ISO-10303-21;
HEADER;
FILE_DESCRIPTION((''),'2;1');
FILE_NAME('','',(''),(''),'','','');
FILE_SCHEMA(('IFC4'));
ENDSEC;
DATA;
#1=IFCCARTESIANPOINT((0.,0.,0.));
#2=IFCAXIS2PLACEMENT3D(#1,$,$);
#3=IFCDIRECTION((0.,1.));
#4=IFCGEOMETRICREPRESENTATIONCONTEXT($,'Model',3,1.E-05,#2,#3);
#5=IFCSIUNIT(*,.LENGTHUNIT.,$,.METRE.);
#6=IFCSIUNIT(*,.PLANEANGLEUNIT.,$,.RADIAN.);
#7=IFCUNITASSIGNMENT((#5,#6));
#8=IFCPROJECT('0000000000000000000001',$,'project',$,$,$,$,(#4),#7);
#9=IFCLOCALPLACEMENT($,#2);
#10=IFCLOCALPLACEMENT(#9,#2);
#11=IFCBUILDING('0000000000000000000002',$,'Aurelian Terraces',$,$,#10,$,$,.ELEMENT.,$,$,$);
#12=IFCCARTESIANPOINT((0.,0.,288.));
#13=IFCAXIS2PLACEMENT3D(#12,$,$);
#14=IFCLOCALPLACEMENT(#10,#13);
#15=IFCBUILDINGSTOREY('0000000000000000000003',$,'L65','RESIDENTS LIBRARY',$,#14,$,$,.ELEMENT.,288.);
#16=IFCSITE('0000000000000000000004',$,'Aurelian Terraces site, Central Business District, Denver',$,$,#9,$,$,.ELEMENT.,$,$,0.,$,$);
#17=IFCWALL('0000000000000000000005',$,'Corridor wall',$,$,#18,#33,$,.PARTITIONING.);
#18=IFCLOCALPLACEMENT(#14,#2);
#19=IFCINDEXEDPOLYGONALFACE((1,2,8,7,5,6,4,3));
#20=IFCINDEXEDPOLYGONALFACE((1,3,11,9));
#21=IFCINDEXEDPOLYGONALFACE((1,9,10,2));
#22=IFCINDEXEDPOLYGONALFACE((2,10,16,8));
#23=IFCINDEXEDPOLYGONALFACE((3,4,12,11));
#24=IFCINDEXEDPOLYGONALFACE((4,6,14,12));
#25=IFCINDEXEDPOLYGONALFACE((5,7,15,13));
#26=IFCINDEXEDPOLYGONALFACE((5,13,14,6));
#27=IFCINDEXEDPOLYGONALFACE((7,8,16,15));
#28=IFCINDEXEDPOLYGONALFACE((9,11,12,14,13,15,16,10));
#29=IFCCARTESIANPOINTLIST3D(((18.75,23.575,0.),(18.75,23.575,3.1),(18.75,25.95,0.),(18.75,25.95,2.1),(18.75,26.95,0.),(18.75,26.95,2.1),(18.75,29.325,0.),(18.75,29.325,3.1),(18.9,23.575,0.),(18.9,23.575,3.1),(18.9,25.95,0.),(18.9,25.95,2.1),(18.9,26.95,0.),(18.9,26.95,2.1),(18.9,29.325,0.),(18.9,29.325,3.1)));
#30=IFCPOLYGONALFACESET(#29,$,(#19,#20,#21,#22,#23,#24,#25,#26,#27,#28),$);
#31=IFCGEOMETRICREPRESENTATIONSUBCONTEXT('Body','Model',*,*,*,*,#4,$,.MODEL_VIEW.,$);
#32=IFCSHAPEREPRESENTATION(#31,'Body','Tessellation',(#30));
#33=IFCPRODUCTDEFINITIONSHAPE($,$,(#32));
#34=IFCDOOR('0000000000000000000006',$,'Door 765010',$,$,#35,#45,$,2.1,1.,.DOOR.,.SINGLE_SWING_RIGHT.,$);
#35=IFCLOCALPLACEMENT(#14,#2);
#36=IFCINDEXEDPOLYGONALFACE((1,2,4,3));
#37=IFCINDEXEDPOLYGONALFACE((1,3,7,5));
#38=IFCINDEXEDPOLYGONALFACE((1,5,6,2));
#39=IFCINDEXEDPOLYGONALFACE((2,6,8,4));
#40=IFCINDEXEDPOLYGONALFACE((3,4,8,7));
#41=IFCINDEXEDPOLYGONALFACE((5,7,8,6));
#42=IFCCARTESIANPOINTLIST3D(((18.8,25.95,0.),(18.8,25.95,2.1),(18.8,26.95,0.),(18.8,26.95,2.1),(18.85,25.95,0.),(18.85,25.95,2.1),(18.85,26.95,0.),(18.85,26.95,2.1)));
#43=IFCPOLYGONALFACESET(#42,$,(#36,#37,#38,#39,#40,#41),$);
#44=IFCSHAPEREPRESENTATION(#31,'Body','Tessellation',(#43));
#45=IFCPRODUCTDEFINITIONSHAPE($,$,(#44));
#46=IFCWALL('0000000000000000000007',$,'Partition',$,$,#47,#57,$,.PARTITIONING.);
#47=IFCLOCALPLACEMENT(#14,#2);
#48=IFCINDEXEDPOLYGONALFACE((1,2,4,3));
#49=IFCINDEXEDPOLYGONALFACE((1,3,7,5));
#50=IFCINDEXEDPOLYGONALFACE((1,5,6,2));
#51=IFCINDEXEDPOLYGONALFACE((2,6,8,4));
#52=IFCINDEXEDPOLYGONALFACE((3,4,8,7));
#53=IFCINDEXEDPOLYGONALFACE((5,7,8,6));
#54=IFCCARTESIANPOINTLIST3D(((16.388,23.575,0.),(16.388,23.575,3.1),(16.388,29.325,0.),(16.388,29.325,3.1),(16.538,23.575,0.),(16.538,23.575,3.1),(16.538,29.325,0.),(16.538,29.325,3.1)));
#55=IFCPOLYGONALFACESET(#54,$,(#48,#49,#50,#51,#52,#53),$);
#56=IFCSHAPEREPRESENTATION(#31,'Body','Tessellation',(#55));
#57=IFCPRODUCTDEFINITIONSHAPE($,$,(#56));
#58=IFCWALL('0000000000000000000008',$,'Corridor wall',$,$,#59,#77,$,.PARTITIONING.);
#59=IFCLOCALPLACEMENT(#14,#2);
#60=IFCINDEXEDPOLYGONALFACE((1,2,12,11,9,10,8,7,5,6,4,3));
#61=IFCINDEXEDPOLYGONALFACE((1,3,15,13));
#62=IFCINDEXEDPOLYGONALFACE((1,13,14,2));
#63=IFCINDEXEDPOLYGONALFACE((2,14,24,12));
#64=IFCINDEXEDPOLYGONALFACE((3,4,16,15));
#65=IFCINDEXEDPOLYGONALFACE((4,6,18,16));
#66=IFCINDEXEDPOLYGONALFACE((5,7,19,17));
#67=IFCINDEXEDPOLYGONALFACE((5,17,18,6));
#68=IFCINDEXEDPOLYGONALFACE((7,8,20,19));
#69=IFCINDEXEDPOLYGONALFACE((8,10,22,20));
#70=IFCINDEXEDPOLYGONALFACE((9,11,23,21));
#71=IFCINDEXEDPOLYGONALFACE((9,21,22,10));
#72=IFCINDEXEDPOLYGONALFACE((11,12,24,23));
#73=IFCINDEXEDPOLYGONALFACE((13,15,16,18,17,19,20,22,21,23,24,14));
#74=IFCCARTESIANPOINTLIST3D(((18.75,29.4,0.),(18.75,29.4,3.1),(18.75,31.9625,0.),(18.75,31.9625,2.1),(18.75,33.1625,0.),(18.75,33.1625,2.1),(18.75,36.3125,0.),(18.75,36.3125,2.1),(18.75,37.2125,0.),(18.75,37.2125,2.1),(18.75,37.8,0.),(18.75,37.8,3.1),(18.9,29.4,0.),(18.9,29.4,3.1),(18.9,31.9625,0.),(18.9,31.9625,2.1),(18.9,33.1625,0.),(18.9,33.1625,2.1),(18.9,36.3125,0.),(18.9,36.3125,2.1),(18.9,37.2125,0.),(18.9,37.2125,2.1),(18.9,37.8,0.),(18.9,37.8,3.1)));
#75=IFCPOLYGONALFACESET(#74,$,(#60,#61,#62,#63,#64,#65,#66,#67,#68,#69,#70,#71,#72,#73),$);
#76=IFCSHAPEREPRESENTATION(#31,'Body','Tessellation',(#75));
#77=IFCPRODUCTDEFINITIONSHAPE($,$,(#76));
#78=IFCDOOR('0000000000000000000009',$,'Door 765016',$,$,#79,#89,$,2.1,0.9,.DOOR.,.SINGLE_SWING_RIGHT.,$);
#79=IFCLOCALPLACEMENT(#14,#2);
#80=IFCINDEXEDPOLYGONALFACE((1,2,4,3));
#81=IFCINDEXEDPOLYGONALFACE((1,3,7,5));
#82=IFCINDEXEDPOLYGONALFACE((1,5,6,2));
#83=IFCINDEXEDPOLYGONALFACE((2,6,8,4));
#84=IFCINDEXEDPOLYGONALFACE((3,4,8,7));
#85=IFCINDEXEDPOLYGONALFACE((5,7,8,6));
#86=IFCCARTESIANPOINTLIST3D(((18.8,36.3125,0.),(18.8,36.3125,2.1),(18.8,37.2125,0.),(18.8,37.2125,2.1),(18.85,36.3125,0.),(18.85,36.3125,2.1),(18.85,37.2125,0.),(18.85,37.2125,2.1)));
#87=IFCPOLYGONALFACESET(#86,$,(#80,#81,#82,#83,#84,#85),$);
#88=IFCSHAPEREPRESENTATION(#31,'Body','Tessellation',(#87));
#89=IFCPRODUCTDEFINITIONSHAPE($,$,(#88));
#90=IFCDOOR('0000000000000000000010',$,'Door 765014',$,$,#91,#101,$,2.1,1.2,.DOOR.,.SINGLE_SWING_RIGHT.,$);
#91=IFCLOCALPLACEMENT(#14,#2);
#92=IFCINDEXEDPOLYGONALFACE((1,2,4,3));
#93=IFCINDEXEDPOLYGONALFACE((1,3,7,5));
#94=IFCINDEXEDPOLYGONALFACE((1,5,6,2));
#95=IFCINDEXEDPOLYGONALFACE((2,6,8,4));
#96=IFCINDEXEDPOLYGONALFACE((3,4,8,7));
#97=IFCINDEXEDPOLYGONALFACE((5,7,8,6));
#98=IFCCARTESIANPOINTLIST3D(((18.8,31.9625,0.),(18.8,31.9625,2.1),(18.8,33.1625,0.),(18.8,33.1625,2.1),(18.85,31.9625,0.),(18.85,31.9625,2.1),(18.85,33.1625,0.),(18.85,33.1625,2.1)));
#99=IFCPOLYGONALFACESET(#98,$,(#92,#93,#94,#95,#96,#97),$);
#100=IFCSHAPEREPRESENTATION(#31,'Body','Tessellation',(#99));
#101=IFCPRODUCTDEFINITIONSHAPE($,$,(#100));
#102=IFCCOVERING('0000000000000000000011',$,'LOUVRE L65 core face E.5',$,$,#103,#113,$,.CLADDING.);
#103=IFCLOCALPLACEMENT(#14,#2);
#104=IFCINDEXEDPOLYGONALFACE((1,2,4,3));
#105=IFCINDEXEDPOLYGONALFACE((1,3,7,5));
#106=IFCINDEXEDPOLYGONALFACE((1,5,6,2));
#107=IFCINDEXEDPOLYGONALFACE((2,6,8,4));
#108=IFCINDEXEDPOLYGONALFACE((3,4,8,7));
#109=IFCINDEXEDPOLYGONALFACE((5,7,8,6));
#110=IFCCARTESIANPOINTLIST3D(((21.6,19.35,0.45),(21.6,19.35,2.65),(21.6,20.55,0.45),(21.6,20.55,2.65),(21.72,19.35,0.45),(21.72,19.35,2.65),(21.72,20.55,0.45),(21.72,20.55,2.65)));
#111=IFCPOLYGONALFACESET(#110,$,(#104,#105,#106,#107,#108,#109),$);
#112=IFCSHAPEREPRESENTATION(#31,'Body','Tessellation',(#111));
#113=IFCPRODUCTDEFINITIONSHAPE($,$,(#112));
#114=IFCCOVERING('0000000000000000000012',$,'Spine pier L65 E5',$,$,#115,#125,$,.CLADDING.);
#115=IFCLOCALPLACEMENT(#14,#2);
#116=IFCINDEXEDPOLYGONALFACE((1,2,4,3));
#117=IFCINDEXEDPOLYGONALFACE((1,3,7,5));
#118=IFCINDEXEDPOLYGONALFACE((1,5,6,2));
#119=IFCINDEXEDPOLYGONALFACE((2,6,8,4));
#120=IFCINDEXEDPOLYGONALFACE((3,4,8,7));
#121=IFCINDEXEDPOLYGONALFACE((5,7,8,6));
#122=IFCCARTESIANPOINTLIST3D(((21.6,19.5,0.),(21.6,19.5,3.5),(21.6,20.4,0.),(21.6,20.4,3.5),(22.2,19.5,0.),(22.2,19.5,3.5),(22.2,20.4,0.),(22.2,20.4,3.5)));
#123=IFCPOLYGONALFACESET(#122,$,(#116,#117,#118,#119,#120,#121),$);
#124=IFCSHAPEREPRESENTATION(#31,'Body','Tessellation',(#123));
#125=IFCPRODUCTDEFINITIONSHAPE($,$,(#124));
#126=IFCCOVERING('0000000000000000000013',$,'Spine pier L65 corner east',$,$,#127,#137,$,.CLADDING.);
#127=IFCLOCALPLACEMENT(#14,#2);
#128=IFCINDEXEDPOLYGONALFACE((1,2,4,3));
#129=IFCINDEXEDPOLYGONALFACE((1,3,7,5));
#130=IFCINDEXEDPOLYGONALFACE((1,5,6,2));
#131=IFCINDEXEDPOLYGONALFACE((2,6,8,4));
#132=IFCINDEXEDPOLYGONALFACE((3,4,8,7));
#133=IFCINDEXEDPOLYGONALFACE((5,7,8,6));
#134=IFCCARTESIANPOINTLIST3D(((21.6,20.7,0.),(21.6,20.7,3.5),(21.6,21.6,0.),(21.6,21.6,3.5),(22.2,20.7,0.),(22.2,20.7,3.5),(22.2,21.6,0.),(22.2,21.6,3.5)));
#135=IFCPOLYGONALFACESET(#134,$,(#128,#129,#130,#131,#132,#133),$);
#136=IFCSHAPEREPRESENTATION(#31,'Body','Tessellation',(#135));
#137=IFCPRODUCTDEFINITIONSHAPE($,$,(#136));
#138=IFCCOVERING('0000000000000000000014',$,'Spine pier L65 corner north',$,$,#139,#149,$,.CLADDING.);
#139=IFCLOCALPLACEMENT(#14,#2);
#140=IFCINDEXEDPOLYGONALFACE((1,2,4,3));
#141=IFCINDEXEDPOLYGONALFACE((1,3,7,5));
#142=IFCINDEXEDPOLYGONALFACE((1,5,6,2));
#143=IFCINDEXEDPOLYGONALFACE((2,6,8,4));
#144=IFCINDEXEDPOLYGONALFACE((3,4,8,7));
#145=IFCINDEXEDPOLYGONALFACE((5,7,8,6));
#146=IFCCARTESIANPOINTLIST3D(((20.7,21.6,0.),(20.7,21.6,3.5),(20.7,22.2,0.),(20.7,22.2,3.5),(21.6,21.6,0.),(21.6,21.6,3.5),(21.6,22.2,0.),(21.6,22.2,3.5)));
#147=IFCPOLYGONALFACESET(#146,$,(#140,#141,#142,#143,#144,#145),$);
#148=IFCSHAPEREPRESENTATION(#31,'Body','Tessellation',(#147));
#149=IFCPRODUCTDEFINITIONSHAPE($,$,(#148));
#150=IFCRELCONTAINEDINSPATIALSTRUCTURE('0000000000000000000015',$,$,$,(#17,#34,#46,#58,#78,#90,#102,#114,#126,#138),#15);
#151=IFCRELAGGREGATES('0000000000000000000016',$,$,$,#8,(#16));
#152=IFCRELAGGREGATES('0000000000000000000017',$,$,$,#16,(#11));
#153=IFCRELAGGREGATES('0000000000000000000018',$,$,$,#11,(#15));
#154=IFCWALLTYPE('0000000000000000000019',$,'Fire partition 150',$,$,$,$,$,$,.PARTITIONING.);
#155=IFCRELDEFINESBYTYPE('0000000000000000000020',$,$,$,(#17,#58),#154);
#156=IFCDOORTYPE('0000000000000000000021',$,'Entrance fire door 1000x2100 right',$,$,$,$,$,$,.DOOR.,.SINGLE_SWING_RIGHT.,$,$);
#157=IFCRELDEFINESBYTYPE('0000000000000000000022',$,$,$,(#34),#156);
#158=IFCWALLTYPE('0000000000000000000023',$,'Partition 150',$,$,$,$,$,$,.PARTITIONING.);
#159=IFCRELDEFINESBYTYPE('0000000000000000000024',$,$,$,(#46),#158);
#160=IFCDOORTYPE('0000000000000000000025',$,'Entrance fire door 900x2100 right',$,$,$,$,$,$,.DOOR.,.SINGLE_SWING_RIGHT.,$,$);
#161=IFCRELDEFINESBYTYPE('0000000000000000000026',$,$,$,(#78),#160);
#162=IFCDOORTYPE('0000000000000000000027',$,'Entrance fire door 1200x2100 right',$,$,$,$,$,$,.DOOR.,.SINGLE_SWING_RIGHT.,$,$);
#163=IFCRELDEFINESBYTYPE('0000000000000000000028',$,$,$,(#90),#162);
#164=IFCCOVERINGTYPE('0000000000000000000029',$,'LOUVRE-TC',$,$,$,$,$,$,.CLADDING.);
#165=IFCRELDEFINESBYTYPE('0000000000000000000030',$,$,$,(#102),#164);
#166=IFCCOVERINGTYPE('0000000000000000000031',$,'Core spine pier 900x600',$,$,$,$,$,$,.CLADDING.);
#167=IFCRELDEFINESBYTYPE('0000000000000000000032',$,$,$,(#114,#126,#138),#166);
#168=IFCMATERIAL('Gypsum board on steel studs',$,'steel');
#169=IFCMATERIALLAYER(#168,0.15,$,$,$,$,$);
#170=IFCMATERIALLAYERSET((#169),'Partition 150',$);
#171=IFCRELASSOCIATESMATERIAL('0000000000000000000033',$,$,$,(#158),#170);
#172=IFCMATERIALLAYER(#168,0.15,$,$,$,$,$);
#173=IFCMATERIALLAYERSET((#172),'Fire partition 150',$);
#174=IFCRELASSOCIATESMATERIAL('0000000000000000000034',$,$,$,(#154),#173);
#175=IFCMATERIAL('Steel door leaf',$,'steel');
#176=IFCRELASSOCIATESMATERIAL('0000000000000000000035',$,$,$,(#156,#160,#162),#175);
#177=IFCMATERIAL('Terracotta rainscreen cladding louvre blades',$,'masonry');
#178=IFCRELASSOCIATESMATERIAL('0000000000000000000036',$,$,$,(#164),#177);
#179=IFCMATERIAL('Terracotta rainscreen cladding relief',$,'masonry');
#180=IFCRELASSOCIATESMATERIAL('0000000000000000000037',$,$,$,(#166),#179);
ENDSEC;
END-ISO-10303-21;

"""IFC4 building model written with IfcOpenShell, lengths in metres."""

from ifc_helpers import new_model, si_unit, direction, frame, frame_2d, origin, origin_2d, place, context, subcontext, project, spatial, rectangle, extrude, source, transform, mapped, material, layer, layer_set, type_object, element, fill, save


model = new_model("IFC4")

# Units and contexts
model_context = context("Model", 3, precision=1e-05, world=origin(), true_north=direction((0.0, 1.0)))
body_context = subcontext(model_context, "Body", "Model", "MODEL_VIEW")
ifc_project = project(units=[si_unit("LENGTHUNIT", "METRE"), si_unit("PLANEANGLEUNIT", "RADIAN")], contexts=[model_context])

# Site, building, storey
site_placement = place(None, origin())
site = spatial("IfcSite", under=ifc_project, at=site_placement, Name="Aurelian Terraces site, Central Business District, Denver", CompositionType="ELEMENT", RefElevation=0.0)
building_placement = place(site_placement, origin())
building = spatial("IfcBuilding", under=site, at=building_placement, Name="Aurelian Terraces", CompositionType="ELEMENT")
storey_placement = place(building_placement, frame((0.0, 0.0, 288.0)))
storey = spatial("IfcBuildingStorey", under=building, at=storey_placement, Name="L65", Description="RESIDENTS LIBRARY", CompositionType="ELEMENT", Elevation=288.0)

# Shared definitions
ifc_material_1 = material(Name="Gypsum board on steel studs", Category="steel")
ifc_layer_1 = layer(ifc_material_1, 0.15)
ifc_layer_set_1 = layer_set([ifc_layer_1], Name="Partition 150")
wall_type_1 = type_object("IfcWallType", Name="Partition 150", PredefinedType="PARTITIONING", material=ifc_layer_set_1)

# Wall, opening, door
ifc_layer_2 = layer(ifc_material_1, 0.15)
ifc_layer_set_2 = layer_set([ifc_layer_2], Name="Fire partition 150")
wall_type_2 = type_object("IfcWallType", Name="Fire partition 150", PredefinedType="PARTITIONING", material=ifc_layer_set_2)
shared_shape_1 = source(origin(), body_context, "Body", "SweptSolid", [
    extrude(rectangle(XDim=5.75, YDim=0.15, at=frame_2d((2.875, 0.0))), origin(), (0.0, 0.0, 1.0), 3.1),
])
wall_1_placement = place(storey_placement, frame((18.825, 23.575, 0.0), z_axis=(0.0, 0.0, 1.0), x_axis=(0.0, 1.0, 0.0)))
wall_1 = element("IfcWall", 1, at=wall_1_placement, inside=storey, type_object=wall_type_2, Name="Corridor wall", PredefinedType="PARTITIONING", context=body_context, shape_type="MappedRepresentation", body=[
    mapped(shared_shape_1, transform((0.0, 0.0, 0.0), scale=1.0)),
])
shared_shape_2 = source(origin(), body_context, "Body", "SweptSolid", [
    extrude(rectangle(XDim=1.0, YDim=2.1, at=frame_2d((0.5, 1.05))), frame((0.0, 0.085, 0.0), z_axis=(0.0, -1.0, 0.0), x_axis=(1.0, 0.0, 0.0)), (0.0, 0.0, 1.0), 0.17),
])
opening_1_placement = place(wall_1_placement, frame((2.375, 0.0, 0.0)))
opening_1 = element("IfcOpeningElement", 2, at=opening_1_placement, cuts=wall_1, PredefinedType="OPENING", context=body_context, shape_type="MappedRepresentation", body=[
    mapped(shared_shape_2, transform((0.0, 0.0, 0.0), scale=1.0)),
])
ifc_material_2 = material(Name="Steel door leaf", Category="steel")
door_type_1 = type_object("IfcDoorType", Name="Entrance fire door 1000x2100 right", OperationType="SINGLE_SWING_RIGHT", PredefinedType="DOOR", material=ifc_material_2)
shared_shape_3 = source(origin(), body_context, "Body", "SweptSolid", [
    extrude(rectangle(XDim=1.0, YDim=2.1, at=frame_2d((0.5, 1.05))), frame((0.0, 0.025, 0.0), z_axis=(0.0, -1.0, 0.0), x_axis=(1.0, 0.0, 0.0)), (0.0, 0.0, 1.0), 0.05),
])
door_1_placement = place(opening_1_placement, origin())
door_1 = element("IfcDoor", 3, at=door_1_placement, inside=storey, type_object=door_type_1, Name="Door 765010", OperationType="SINGLE_SWING_RIGHT", OverallHeight=2.1, OverallWidth=1.0, PredefinedType="DOOR", context=body_context, shape_type="MappedRepresentation", body=[
    mapped(shared_shape_3, transform((0.0, 0.0, 0.0), scale=1.0)),
])
fill(opening_1, door_1)

# Wall
wall_2_placement = place(storey_placement, frame((16.463, 23.575, 0.0), z_axis=(0.0, 0.0, 1.0), x_axis=(0.0, 1.0, 0.0)))
element("IfcWall", 4, at=wall_2_placement, inside=storey, type_object=wall_type_1, Name="Partition", PredefinedType="PARTITIONING", context=body_context, shape_type="MappedRepresentation", body=[
    mapped(shared_shape_1, transform((0.0, 0.0, 0.0), scale=1.0)),
])

# Wall, openings, doors
shared_shape_4 = source(origin(), body_context, "Body", "SweptSolid", [
    extrude(rectangle(XDim=8.4, YDim=0.15, at=frame_2d((4.2, 0.0))), origin(), (0.0, 0.0, 1.0), 3.1),
])
wall_3_placement = place(storey_placement, frame((18.825, 29.4, 0.0), z_axis=(0.0, 0.0, 1.0), x_axis=(0.0, 1.0, 0.0)))
wall_3 = element("IfcWall", 5, at=wall_3_placement, inside=storey, type_object=wall_type_2, Name="Corridor wall", PredefinedType="PARTITIONING", context=body_context, shape_type="MappedRepresentation", body=[
    mapped(shared_shape_4, transform((0.0, 0.0, 0.0), scale=1.0)),
])
shared_shape_5 = source(origin(), body_context, "Body", "SweptSolid", [
    extrude(rectangle(XDim=1.2, YDim=2.1, at=frame_2d((0.6, 1.05))), frame((0.0, 0.085, 0.0), z_axis=(0.0, -1.0, 0.0), x_axis=(1.0, 0.0, 0.0)), (0.0, 0.0, 1.0), 0.17),
])
opening_2_placement = place(wall_3_placement, frame((2.5625, 0.0, 0.0)))
opening_2 = element("IfcOpeningElement", 6, at=opening_2_placement, cuts=wall_3, PredefinedType="OPENING", context=body_context, shape_type="MappedRepresentation", body=[
    mapped(shared_shape_5, transform((0.0, 0.0, 0.0), scale=1.0)),
])
shared_shape_6 = source(origin(), body_context, "Body", "SweptSolid", [
    extrude(rectangle(XDim=0.9, YDim=2.1, at=frame_2d((0.45, 1.05))), frame((0.0, 0.085, 0.0), z_axis=(0.0, -1.0, 0.0), x_axis=(1.0, 0.0, 0.0)), (0.0, 0.0, 1.0), 0.17),
])
opening_3_placement = place(wall_3_placement, frame((6.9125, 0.0, 0.0)))
opening_3 = element("IfcOpeningElement", 7, at=opening_3_placement, cuts=wall_3, PredefinedType="OPENING", context=body_context, shape_type="MappedRepresentation", body=[
    mapped(shared_shape_6, transform((0.0, 0.0, 0.0), scale=1.0)),
])
door_type_2 = type_object("IfcDoorType", Name="Entrance fire door 900x2100 right", OperationType="SINGLE_SWING_RIGHT", PredefinedType="DOOR", material=ifc_material_2)
shared_shape_7 = source(origin(), body_context, "Body", "SweptSolid", [
    extrude(rectangle(XDim=0.9, YDim=2.1, at=frame_2d((0.45, 1.05))), frame((0.0, 0.025, 0.0), z_axis=(0.0, -1.0, 0.0), x_axis=(1.0, 0.0, 0.0)), (0.0, 0.0, 1.0), 0.05),
])
door_2_placement = place(opening_3_placement, origin())
door_2 = element("IfcDoor", 8, at=door_2_placement, inside=storey, type_object=door_type_2, Name="Door 765016", OperationType="SINGLE_SWING_RIGHT", OverallHeight=2.1, OverallWidth=0.9, PredefinedType="DOOR", context=body_context, shape_type="MappedRepresentation", body=[
    mapped(shared_shape_7, transform((0.0, 0.0, 0.0), scale=1.0)),
])
fill(opening_3, door_2)
door_type_3 = type_object("IfcDoorType", Name="Entrance fire door 1200x2100 right", OperationType="SINGLE_SWING_RIGHT", PredefinedType="DOOR", material=ifc_material_2)
shared_shape_8 = source(origin(), body_context, "Body", "SweptSolid", [
    extrude(rectangle(XDim=1.2, YDim=2.1, at=frame_2d((0.6, 1.05))), frame((0.0, 0.025, 0.0), z_axis=(0.0, -1.0, 0.0), x_axis=(1.0, 0.0, 0.0)), (0.0, 0.0, 1.0), 0.05),
])
door_3_placement = place(opening_2_placement, origin())
door_3 = element("IfcDoor", 9, at=door_3_placement, inside=storey, type_object=door_type_3, Name="Door 765014", OperationType="SINGLE_SWING_RIGHT", OverallHeight=2.1, OverallWidth=1.2, PredefinedType="DOOR", context=body_context, shape_type="MappedRepresentation", body=[
    mapped(shared_shape_8, transform((0.0, 0.0, 0.0), scale=1.0)),
])
fill(opening_2, door_3)

# Coverings
ifc_material_3 = material(Name="Terracotta rainscreen cladding louvre blades", Category="masonry")
covering_type_1 = type_object("IfcCoveringType", Name="LOUVRE-TC", PredefinedType="CLADDING", material=ifc_material_3)
shared_shape_9 = source(origin(), body_context, "Body", "SweptSolid", [
    extrude(rectangle(XDim=0.12, YDim=1.2, at=origin_2d()), origin(), (0.0, 0.0, 1.0), 2.2),
])
covering_1_placement = place(storey_placement, frame((21.66, 19.95, 0.45), z_axis=(0.0, 0.0, 1.0), x_axis=(1.0, 0.0, 0.0)))
element("IfcCovering", 10, at=covering_1_placement, inside=storey, type_object=covering_type_1, Name="LOUVRE L65 core face E.5", PredefinedType="CLADDING", context=body_context, shape_type="MappedRepresentation", body=[
    mapped(shared_shape_9, transform((0.0, 0.0, 0.0), scale=1.0)),
])
ifc_material_4 = material(Name="Terracotta rainscreen cladding relief", Category="masonry")
covering_type_2 = type_object("IfcCoveringType", Name="Core spine pier 900x600", PredefinedType="CLADDING", material=ifc_material_4)
shared_shape_10 = source(origin(), body_context, "Body", "SweptSolid", [
    extrude(rectangle(XDim=0.6, YDim=0.9, at=origin_2d()), origin(), (0.0, 0.0, 1.0), 3.5),
])
for number, where, z_axis, x_axis, name in (
    (11, (21.9, 19.95, 0.0), (0.0, 0.0, 1.0), (1.0, 0.0, 0.0), "Spine pier L65 E5"),
    (12, (21.9, 21.15, 0.0), (0.0, 0.0, 1.0), (1.0, 0.0, 0.0), "Spine pier L65 corner east"),
):
    element("IfcCovering", number, at=place(storey_placement, frame(where, z_axis=z_axis, x_axis=x_axis)), inside=storey, type_object=covering_type_2, Name=name, PredefinedType="CLADDING", context=body_context, shape_type="MappedRepresentation", body=[
        mapped(shared_shape_10, transform((0.0, 0.0, 0.0), scale=1.0)),
    ])
shared_shape_11 = source(origin(), body_context, "Body", "SweptSolid", [
    extrude(rectangle(XDim=0.9, YDim=0.6, at=origin_2d()), origin(), (0.0, 0.0, 1.0), 3.5),
])
covering_2_placement = place(storey_placement, frame((21.15, 21.9, 0.0), z_axis=(0.0, 0.0, 1.0), x_axis=(1.0, 0.0, 0.0)))
element("IfcCovering", 13, at=covering_2_placement, inside=storey, type_object=covering_type_2, Name="Spine pier L65 corner north", PredefinedType="CLADDING", context=body_context, shape_type="MappedRepresentation", body=[
    mapped(shared_shape_11, transform((0.0, 0.0, 0.0), scale=1.0)),
])

save(model, "model.ifc")
